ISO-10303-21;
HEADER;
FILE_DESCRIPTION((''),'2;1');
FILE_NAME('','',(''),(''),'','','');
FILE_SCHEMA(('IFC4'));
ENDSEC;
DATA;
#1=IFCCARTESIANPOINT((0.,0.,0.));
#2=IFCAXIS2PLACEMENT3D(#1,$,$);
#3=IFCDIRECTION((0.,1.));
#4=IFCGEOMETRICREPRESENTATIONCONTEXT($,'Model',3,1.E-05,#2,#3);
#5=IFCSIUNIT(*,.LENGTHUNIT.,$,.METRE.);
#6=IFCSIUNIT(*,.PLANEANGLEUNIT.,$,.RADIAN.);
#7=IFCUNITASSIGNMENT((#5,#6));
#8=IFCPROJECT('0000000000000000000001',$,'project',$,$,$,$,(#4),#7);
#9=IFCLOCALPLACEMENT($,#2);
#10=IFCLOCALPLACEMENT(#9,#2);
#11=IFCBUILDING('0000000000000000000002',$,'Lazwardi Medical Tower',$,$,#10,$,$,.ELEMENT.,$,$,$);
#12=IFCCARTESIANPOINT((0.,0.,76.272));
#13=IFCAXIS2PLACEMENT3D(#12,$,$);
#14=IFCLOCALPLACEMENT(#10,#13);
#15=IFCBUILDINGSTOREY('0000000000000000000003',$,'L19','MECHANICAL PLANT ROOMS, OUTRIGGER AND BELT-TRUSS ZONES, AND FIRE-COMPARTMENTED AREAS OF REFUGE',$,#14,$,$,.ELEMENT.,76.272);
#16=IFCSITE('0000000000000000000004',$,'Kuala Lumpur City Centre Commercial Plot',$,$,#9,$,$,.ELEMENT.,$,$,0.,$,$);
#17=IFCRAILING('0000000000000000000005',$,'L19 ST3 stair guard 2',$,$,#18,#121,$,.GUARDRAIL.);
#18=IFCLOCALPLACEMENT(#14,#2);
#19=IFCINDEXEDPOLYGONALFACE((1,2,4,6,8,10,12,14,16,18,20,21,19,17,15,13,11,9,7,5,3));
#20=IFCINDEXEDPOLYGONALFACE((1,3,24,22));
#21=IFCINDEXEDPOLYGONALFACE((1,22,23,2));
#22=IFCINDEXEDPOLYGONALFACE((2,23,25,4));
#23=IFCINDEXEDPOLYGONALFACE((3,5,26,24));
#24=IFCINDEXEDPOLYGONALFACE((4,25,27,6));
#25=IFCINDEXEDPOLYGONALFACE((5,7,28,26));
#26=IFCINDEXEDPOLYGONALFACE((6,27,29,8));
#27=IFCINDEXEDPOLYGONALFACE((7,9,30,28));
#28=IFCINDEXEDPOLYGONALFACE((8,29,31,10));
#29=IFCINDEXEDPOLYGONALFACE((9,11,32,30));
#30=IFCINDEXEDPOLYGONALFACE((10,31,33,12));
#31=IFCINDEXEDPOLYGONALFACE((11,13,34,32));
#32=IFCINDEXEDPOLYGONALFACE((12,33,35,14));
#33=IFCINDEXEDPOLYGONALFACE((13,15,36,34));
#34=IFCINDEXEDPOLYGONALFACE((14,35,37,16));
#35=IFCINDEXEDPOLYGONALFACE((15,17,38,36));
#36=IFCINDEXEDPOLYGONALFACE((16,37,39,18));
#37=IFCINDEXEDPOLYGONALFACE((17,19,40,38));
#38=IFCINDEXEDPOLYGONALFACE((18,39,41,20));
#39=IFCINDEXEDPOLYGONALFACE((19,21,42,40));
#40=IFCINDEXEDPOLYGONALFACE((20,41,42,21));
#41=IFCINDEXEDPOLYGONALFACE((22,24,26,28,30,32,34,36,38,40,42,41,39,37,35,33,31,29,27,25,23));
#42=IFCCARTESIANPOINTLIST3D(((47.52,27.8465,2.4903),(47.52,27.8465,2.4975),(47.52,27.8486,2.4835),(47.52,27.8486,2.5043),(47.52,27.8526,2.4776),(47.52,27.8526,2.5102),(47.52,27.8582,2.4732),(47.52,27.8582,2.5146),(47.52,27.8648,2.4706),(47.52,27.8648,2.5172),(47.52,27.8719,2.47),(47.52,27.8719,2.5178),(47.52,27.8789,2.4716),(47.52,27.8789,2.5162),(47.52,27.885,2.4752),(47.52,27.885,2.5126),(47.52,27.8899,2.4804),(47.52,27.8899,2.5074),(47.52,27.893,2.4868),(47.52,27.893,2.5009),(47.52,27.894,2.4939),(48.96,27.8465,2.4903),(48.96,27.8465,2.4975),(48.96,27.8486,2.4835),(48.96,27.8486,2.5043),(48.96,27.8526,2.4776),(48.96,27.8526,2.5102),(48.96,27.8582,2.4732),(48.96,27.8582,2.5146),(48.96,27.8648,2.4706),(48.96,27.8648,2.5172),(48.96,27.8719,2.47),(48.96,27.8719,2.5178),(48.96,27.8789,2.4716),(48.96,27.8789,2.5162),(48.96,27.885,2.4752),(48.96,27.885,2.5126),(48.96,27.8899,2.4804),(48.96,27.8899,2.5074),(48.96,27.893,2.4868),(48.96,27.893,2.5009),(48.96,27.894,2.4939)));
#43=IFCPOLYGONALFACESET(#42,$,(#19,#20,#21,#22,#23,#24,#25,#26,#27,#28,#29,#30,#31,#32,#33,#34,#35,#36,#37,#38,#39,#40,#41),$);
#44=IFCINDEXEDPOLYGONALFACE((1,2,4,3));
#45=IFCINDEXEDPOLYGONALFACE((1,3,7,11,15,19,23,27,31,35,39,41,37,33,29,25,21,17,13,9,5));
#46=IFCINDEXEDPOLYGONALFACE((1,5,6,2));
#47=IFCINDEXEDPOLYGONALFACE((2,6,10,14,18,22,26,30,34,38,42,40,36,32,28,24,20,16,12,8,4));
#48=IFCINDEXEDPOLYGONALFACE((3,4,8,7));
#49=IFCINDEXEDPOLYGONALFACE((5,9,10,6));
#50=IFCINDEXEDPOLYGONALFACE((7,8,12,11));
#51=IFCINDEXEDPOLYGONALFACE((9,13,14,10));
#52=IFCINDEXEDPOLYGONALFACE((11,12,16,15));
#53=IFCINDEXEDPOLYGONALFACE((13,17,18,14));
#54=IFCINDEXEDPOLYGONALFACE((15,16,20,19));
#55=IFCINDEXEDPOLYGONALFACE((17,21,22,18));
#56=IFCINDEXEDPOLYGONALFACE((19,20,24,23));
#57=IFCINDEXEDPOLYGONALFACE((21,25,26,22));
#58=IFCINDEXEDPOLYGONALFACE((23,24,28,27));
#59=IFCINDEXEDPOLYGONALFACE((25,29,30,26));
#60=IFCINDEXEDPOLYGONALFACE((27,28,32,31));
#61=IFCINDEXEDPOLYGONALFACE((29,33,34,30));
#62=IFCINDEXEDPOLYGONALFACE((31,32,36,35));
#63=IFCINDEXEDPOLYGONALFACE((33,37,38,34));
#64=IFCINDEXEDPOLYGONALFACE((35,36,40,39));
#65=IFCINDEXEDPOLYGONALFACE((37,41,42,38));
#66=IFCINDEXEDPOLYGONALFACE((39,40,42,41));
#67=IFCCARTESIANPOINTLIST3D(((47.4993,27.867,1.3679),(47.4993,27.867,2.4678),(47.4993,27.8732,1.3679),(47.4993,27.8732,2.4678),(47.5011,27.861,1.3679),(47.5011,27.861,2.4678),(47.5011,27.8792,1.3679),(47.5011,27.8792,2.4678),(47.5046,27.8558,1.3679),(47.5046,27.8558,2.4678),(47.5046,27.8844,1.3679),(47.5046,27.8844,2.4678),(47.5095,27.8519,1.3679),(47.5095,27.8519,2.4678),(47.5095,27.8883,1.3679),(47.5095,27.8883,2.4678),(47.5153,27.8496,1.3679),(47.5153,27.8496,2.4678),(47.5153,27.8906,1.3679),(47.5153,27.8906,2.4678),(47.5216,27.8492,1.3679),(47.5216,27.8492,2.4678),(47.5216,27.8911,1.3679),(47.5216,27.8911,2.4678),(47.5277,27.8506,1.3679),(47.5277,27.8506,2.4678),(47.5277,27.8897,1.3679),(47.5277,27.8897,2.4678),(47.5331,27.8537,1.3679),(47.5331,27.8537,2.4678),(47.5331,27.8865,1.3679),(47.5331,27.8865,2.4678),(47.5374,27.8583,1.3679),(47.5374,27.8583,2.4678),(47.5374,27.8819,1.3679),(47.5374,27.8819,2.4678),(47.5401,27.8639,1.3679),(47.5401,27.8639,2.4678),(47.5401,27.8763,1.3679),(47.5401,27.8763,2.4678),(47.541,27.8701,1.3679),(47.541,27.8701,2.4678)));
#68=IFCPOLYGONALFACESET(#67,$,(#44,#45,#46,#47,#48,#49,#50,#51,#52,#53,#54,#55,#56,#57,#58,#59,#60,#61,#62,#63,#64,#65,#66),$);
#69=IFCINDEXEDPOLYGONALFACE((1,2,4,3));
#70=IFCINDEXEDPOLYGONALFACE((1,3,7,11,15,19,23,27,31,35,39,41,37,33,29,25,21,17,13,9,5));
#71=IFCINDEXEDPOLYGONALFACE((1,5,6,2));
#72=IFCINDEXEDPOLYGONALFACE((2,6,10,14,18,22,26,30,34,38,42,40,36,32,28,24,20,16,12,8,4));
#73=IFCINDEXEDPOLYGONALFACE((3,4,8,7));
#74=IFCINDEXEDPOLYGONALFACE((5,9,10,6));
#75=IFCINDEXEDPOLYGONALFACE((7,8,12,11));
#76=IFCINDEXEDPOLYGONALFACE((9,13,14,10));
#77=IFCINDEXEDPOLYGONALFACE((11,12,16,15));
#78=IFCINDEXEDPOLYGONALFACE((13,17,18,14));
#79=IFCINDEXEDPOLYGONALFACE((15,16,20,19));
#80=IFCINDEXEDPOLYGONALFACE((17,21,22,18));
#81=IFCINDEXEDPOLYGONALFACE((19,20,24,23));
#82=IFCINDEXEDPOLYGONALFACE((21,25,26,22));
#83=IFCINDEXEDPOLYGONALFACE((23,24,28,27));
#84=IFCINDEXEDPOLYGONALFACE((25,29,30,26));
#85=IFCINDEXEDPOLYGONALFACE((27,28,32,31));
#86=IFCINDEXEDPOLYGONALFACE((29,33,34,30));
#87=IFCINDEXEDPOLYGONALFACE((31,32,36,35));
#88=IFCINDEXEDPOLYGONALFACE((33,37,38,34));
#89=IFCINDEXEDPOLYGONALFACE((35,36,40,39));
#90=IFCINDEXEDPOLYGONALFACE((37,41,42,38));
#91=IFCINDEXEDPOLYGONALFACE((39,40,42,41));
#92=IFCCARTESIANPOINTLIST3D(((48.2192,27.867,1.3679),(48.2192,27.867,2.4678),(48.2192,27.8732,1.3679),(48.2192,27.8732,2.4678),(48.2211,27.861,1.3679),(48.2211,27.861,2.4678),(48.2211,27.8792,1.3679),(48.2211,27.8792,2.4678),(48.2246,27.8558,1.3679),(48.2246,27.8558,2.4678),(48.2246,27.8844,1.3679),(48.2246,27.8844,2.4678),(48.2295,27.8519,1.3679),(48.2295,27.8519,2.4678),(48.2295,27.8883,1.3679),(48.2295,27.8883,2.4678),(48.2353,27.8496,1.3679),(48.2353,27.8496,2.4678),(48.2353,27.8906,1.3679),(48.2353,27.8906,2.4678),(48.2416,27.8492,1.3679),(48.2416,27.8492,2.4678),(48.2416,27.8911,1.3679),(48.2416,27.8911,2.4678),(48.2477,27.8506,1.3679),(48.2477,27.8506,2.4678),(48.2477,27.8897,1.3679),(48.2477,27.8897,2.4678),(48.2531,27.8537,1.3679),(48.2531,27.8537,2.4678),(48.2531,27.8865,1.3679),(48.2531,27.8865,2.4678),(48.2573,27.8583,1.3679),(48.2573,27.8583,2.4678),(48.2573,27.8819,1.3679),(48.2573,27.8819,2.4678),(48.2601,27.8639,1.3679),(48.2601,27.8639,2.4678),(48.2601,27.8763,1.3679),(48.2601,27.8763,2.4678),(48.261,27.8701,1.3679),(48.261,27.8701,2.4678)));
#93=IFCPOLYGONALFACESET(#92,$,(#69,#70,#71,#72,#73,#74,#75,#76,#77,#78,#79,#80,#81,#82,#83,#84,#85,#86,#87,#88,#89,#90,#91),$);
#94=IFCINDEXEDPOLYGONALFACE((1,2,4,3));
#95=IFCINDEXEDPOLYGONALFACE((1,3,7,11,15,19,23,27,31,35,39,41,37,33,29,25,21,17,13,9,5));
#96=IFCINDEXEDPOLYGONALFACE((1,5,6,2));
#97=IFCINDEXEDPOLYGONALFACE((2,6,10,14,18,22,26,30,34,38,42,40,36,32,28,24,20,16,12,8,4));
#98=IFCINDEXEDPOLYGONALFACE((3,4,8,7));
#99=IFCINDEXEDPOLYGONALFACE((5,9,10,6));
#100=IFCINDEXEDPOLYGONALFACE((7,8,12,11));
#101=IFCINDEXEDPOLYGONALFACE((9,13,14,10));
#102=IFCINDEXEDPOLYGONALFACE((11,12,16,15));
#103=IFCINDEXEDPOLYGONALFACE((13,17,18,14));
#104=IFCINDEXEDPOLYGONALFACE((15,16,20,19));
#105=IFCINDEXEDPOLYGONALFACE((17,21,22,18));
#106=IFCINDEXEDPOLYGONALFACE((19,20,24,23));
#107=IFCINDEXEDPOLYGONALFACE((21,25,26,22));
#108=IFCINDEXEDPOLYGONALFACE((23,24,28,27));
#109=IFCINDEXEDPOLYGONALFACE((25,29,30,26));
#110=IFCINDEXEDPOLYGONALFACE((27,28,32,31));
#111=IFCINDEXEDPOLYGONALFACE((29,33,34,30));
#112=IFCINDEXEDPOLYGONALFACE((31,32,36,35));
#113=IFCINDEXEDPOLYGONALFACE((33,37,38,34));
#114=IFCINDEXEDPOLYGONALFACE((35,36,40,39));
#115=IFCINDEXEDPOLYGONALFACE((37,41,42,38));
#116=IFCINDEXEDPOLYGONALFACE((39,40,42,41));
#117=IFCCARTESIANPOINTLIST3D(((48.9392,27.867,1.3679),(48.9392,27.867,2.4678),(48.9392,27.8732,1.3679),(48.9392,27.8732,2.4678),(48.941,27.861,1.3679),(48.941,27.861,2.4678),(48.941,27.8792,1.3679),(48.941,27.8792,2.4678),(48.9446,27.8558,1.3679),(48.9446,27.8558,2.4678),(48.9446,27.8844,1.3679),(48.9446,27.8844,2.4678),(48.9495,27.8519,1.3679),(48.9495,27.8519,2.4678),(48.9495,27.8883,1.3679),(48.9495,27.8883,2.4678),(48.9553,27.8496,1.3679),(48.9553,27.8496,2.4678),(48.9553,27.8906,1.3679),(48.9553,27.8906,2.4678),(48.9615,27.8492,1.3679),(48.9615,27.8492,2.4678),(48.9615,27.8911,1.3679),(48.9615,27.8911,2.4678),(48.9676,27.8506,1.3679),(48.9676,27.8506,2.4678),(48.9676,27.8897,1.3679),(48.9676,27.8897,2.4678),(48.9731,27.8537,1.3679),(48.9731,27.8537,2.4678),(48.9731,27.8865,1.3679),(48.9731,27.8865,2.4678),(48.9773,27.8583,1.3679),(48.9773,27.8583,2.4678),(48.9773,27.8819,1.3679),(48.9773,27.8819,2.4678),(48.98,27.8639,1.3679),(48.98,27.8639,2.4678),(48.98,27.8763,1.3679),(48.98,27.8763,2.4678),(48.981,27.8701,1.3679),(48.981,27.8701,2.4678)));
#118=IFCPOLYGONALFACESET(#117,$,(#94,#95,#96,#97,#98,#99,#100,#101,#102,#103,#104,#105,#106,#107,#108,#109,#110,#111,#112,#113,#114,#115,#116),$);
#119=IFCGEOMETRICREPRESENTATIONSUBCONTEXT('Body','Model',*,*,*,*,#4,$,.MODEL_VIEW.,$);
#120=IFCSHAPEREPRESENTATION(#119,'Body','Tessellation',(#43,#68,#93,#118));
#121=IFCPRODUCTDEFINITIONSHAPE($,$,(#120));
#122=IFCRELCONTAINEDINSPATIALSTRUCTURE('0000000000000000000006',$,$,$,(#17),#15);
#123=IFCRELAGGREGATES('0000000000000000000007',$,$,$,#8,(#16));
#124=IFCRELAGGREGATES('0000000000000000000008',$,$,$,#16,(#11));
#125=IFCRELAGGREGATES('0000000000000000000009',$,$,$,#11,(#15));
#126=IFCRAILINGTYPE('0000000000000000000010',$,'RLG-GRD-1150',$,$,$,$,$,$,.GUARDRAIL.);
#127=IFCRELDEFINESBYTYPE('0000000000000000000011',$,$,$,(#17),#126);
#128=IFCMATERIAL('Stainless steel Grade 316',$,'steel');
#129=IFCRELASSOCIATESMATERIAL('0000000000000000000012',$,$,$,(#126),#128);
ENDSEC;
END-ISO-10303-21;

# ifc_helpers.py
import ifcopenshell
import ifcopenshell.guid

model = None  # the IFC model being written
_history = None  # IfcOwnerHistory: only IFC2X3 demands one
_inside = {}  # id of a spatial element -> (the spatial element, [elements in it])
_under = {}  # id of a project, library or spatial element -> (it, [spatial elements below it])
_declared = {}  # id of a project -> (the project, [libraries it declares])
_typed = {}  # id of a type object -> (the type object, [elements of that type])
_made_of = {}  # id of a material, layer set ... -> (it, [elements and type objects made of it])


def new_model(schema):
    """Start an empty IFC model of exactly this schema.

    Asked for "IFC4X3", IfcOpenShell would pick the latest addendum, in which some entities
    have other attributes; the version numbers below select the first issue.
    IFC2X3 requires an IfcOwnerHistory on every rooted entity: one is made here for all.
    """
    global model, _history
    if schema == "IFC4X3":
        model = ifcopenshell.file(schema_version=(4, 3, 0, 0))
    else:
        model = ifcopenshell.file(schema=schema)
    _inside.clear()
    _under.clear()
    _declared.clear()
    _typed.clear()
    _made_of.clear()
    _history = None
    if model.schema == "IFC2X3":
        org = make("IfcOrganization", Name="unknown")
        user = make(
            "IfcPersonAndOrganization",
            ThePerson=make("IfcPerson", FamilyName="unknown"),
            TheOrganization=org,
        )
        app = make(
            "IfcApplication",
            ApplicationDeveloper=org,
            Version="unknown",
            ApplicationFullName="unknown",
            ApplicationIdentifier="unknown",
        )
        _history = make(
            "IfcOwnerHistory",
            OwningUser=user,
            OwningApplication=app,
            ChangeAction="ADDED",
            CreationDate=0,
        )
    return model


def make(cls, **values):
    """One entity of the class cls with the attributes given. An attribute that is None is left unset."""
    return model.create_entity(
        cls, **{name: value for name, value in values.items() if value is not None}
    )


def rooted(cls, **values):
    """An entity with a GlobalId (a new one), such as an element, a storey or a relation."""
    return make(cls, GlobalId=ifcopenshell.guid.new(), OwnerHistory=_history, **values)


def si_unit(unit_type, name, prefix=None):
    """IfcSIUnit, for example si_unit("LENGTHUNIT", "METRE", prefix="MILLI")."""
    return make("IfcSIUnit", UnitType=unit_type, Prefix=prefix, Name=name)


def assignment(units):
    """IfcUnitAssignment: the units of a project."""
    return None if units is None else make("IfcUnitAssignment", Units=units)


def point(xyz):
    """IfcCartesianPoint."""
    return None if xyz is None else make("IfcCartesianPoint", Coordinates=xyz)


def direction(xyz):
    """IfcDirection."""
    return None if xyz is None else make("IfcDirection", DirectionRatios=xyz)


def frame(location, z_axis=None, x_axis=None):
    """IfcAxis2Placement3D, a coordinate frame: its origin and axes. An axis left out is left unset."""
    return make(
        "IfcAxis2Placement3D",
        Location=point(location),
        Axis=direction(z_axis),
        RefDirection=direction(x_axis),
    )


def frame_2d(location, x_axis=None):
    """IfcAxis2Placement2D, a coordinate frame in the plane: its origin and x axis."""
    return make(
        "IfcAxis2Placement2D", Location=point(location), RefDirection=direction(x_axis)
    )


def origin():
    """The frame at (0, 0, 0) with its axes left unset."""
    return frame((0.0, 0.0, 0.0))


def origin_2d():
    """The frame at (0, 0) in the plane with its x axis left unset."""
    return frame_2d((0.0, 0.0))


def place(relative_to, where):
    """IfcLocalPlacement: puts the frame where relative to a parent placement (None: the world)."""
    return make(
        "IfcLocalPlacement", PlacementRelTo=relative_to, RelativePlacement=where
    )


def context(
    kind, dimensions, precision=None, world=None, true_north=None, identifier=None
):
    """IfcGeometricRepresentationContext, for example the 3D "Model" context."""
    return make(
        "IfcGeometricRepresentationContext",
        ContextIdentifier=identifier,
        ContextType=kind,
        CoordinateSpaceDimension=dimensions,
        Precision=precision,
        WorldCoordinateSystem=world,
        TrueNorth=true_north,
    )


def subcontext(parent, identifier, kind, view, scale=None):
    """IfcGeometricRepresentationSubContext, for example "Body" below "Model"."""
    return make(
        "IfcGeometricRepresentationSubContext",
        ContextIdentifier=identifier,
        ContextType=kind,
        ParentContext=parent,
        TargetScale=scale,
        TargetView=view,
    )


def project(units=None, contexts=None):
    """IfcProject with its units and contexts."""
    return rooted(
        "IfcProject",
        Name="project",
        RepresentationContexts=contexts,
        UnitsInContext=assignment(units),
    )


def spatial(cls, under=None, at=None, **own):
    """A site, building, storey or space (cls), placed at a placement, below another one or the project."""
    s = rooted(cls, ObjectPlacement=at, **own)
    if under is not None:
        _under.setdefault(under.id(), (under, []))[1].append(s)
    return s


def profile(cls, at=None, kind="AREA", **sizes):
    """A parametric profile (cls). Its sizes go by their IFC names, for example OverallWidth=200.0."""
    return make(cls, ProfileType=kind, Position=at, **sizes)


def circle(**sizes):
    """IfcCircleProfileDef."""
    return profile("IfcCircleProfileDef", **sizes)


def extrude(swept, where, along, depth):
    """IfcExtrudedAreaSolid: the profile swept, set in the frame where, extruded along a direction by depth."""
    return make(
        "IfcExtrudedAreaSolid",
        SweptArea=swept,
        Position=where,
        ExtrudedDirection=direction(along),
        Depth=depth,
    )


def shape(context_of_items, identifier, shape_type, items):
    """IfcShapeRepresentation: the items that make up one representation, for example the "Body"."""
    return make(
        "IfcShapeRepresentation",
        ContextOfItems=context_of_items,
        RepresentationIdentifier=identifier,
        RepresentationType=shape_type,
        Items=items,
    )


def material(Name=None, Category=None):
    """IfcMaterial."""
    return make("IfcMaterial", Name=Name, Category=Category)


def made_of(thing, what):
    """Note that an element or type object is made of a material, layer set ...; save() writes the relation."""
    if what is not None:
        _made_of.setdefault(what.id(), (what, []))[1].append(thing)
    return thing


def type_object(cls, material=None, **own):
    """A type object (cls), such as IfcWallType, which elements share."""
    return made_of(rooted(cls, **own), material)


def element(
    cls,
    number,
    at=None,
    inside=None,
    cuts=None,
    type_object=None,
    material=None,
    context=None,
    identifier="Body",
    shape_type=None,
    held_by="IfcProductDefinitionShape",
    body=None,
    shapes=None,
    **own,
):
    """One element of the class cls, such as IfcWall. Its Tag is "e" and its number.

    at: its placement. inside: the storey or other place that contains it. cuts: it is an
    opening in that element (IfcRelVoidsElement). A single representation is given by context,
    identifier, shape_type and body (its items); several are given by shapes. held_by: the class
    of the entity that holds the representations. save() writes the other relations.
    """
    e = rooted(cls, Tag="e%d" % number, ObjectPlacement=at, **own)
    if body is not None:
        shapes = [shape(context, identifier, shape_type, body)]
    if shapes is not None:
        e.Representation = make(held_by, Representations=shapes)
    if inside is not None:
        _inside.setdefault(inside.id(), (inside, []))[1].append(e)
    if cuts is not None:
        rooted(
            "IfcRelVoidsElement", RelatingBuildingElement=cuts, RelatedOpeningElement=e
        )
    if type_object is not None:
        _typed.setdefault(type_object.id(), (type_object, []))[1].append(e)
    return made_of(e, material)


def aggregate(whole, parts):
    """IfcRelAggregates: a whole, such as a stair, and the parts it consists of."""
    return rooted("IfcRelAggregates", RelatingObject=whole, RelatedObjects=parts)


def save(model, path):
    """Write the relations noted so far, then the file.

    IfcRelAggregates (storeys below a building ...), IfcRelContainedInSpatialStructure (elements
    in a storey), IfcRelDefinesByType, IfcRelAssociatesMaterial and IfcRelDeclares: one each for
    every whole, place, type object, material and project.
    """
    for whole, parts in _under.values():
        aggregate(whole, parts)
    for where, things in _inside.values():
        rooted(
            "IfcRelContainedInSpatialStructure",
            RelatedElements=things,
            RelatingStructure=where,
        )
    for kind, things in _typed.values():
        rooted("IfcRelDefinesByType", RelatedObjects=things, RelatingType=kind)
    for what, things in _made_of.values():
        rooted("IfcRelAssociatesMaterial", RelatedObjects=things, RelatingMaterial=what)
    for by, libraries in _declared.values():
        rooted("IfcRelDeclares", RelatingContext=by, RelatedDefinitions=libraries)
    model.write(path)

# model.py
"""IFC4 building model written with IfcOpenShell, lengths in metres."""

from ifc_helpers import new_model, si_unit, direction, frame, origin, origin_2d, place, context, subcontext, project, spatial, circle, extrude, material, type_object, element, save


model = new_model("IFC4")

# Units and contexts
model_context = context("Model", 3, precision=1e-05, world=origin(), true_north=direction((0.0, 1.0)))
body_context = subcontext(model_context, "Body", "Model", "MODEL_VIEW")
ifc_project = project(units=[si_unit("LENGTHUNIT", "METRE"), si_unit("PLANEANGLEUNIT", "RADIAN")], contexts=[model_context])

# Site, building, storey
site_placement = place(None, origin())
site = spatial("IfcSite", under=ifc_project, at=site_placement, Name="Kuala Lumpur City Centre Commercial Plot", CompositionType="ELEMENT", RefElevation=0.0)
building_placement = place(site_placement, origin())
building = spatial("IfcBuilding", under=site, at=building_placement, Name="Lazwardi Medical Tower", CompositionType="ELEMENT")
storey_placement = place(building_placement, frame((0.0, 0.0, 76.272)))
storey = spatial("IfcBuildingStorey", under=building, at=storey_placement, Name="L19", Description="MECHANICAL PLANT ROOMS, OUTRIGGER AND BELT-TRUSS ZONES, AND FIRE-COMPARTMENTED AREAS OF REFUGE", CompositionType="ELEMENT", Elevation=76.272)

# Railing
ifc_material_1 = material(Name="Stainless steel Grade 316", Category="steel")
railing_type_1 = type_object("IfcRailingType", Name="RLG-GRD-1150", PredefinedType="GUARDRAIL", material=ifc_material_1)
railing_1_placement = place(storey_placement, frame((47.52, 27.8701, 1.3679)))
element("IfcRailing", 1, at=railing_1_placement, inside=storey, type_object=railing_type_1, Name="L19 ST3 stair guard 2", PredefinedType="GUARDRAIL", context=body_context, shape_type="SweptSolid", body=[
    extrude(circle(Radius=0.0239, at=origin_2d()), frame((0.0, 0.0, 1.126), z_axis=(1.0, 0.0, 0.0), x_axis=(0.0, 1.0, 0.0)), (0.0, 0.0, 1.0), 1.4399),
    extrude(circle(Radius=0.021, at=origin_2d()), origin(), (0.0, 0.0, 1.0), 1.0999),
    extrude(circle(Radius=0.021, at=origin_2d()), frame((0.72, 0.0, 0.0)), (0.0, 0.0, 1.0), 1.0999),
    extrude(circle(Radius=0.021, at=origin_2d()), frame((1.4399, 0.0, 0.0)), (0.0, 0.0, 1.0), 1.0999),
])

save(model, "model.ifc")
